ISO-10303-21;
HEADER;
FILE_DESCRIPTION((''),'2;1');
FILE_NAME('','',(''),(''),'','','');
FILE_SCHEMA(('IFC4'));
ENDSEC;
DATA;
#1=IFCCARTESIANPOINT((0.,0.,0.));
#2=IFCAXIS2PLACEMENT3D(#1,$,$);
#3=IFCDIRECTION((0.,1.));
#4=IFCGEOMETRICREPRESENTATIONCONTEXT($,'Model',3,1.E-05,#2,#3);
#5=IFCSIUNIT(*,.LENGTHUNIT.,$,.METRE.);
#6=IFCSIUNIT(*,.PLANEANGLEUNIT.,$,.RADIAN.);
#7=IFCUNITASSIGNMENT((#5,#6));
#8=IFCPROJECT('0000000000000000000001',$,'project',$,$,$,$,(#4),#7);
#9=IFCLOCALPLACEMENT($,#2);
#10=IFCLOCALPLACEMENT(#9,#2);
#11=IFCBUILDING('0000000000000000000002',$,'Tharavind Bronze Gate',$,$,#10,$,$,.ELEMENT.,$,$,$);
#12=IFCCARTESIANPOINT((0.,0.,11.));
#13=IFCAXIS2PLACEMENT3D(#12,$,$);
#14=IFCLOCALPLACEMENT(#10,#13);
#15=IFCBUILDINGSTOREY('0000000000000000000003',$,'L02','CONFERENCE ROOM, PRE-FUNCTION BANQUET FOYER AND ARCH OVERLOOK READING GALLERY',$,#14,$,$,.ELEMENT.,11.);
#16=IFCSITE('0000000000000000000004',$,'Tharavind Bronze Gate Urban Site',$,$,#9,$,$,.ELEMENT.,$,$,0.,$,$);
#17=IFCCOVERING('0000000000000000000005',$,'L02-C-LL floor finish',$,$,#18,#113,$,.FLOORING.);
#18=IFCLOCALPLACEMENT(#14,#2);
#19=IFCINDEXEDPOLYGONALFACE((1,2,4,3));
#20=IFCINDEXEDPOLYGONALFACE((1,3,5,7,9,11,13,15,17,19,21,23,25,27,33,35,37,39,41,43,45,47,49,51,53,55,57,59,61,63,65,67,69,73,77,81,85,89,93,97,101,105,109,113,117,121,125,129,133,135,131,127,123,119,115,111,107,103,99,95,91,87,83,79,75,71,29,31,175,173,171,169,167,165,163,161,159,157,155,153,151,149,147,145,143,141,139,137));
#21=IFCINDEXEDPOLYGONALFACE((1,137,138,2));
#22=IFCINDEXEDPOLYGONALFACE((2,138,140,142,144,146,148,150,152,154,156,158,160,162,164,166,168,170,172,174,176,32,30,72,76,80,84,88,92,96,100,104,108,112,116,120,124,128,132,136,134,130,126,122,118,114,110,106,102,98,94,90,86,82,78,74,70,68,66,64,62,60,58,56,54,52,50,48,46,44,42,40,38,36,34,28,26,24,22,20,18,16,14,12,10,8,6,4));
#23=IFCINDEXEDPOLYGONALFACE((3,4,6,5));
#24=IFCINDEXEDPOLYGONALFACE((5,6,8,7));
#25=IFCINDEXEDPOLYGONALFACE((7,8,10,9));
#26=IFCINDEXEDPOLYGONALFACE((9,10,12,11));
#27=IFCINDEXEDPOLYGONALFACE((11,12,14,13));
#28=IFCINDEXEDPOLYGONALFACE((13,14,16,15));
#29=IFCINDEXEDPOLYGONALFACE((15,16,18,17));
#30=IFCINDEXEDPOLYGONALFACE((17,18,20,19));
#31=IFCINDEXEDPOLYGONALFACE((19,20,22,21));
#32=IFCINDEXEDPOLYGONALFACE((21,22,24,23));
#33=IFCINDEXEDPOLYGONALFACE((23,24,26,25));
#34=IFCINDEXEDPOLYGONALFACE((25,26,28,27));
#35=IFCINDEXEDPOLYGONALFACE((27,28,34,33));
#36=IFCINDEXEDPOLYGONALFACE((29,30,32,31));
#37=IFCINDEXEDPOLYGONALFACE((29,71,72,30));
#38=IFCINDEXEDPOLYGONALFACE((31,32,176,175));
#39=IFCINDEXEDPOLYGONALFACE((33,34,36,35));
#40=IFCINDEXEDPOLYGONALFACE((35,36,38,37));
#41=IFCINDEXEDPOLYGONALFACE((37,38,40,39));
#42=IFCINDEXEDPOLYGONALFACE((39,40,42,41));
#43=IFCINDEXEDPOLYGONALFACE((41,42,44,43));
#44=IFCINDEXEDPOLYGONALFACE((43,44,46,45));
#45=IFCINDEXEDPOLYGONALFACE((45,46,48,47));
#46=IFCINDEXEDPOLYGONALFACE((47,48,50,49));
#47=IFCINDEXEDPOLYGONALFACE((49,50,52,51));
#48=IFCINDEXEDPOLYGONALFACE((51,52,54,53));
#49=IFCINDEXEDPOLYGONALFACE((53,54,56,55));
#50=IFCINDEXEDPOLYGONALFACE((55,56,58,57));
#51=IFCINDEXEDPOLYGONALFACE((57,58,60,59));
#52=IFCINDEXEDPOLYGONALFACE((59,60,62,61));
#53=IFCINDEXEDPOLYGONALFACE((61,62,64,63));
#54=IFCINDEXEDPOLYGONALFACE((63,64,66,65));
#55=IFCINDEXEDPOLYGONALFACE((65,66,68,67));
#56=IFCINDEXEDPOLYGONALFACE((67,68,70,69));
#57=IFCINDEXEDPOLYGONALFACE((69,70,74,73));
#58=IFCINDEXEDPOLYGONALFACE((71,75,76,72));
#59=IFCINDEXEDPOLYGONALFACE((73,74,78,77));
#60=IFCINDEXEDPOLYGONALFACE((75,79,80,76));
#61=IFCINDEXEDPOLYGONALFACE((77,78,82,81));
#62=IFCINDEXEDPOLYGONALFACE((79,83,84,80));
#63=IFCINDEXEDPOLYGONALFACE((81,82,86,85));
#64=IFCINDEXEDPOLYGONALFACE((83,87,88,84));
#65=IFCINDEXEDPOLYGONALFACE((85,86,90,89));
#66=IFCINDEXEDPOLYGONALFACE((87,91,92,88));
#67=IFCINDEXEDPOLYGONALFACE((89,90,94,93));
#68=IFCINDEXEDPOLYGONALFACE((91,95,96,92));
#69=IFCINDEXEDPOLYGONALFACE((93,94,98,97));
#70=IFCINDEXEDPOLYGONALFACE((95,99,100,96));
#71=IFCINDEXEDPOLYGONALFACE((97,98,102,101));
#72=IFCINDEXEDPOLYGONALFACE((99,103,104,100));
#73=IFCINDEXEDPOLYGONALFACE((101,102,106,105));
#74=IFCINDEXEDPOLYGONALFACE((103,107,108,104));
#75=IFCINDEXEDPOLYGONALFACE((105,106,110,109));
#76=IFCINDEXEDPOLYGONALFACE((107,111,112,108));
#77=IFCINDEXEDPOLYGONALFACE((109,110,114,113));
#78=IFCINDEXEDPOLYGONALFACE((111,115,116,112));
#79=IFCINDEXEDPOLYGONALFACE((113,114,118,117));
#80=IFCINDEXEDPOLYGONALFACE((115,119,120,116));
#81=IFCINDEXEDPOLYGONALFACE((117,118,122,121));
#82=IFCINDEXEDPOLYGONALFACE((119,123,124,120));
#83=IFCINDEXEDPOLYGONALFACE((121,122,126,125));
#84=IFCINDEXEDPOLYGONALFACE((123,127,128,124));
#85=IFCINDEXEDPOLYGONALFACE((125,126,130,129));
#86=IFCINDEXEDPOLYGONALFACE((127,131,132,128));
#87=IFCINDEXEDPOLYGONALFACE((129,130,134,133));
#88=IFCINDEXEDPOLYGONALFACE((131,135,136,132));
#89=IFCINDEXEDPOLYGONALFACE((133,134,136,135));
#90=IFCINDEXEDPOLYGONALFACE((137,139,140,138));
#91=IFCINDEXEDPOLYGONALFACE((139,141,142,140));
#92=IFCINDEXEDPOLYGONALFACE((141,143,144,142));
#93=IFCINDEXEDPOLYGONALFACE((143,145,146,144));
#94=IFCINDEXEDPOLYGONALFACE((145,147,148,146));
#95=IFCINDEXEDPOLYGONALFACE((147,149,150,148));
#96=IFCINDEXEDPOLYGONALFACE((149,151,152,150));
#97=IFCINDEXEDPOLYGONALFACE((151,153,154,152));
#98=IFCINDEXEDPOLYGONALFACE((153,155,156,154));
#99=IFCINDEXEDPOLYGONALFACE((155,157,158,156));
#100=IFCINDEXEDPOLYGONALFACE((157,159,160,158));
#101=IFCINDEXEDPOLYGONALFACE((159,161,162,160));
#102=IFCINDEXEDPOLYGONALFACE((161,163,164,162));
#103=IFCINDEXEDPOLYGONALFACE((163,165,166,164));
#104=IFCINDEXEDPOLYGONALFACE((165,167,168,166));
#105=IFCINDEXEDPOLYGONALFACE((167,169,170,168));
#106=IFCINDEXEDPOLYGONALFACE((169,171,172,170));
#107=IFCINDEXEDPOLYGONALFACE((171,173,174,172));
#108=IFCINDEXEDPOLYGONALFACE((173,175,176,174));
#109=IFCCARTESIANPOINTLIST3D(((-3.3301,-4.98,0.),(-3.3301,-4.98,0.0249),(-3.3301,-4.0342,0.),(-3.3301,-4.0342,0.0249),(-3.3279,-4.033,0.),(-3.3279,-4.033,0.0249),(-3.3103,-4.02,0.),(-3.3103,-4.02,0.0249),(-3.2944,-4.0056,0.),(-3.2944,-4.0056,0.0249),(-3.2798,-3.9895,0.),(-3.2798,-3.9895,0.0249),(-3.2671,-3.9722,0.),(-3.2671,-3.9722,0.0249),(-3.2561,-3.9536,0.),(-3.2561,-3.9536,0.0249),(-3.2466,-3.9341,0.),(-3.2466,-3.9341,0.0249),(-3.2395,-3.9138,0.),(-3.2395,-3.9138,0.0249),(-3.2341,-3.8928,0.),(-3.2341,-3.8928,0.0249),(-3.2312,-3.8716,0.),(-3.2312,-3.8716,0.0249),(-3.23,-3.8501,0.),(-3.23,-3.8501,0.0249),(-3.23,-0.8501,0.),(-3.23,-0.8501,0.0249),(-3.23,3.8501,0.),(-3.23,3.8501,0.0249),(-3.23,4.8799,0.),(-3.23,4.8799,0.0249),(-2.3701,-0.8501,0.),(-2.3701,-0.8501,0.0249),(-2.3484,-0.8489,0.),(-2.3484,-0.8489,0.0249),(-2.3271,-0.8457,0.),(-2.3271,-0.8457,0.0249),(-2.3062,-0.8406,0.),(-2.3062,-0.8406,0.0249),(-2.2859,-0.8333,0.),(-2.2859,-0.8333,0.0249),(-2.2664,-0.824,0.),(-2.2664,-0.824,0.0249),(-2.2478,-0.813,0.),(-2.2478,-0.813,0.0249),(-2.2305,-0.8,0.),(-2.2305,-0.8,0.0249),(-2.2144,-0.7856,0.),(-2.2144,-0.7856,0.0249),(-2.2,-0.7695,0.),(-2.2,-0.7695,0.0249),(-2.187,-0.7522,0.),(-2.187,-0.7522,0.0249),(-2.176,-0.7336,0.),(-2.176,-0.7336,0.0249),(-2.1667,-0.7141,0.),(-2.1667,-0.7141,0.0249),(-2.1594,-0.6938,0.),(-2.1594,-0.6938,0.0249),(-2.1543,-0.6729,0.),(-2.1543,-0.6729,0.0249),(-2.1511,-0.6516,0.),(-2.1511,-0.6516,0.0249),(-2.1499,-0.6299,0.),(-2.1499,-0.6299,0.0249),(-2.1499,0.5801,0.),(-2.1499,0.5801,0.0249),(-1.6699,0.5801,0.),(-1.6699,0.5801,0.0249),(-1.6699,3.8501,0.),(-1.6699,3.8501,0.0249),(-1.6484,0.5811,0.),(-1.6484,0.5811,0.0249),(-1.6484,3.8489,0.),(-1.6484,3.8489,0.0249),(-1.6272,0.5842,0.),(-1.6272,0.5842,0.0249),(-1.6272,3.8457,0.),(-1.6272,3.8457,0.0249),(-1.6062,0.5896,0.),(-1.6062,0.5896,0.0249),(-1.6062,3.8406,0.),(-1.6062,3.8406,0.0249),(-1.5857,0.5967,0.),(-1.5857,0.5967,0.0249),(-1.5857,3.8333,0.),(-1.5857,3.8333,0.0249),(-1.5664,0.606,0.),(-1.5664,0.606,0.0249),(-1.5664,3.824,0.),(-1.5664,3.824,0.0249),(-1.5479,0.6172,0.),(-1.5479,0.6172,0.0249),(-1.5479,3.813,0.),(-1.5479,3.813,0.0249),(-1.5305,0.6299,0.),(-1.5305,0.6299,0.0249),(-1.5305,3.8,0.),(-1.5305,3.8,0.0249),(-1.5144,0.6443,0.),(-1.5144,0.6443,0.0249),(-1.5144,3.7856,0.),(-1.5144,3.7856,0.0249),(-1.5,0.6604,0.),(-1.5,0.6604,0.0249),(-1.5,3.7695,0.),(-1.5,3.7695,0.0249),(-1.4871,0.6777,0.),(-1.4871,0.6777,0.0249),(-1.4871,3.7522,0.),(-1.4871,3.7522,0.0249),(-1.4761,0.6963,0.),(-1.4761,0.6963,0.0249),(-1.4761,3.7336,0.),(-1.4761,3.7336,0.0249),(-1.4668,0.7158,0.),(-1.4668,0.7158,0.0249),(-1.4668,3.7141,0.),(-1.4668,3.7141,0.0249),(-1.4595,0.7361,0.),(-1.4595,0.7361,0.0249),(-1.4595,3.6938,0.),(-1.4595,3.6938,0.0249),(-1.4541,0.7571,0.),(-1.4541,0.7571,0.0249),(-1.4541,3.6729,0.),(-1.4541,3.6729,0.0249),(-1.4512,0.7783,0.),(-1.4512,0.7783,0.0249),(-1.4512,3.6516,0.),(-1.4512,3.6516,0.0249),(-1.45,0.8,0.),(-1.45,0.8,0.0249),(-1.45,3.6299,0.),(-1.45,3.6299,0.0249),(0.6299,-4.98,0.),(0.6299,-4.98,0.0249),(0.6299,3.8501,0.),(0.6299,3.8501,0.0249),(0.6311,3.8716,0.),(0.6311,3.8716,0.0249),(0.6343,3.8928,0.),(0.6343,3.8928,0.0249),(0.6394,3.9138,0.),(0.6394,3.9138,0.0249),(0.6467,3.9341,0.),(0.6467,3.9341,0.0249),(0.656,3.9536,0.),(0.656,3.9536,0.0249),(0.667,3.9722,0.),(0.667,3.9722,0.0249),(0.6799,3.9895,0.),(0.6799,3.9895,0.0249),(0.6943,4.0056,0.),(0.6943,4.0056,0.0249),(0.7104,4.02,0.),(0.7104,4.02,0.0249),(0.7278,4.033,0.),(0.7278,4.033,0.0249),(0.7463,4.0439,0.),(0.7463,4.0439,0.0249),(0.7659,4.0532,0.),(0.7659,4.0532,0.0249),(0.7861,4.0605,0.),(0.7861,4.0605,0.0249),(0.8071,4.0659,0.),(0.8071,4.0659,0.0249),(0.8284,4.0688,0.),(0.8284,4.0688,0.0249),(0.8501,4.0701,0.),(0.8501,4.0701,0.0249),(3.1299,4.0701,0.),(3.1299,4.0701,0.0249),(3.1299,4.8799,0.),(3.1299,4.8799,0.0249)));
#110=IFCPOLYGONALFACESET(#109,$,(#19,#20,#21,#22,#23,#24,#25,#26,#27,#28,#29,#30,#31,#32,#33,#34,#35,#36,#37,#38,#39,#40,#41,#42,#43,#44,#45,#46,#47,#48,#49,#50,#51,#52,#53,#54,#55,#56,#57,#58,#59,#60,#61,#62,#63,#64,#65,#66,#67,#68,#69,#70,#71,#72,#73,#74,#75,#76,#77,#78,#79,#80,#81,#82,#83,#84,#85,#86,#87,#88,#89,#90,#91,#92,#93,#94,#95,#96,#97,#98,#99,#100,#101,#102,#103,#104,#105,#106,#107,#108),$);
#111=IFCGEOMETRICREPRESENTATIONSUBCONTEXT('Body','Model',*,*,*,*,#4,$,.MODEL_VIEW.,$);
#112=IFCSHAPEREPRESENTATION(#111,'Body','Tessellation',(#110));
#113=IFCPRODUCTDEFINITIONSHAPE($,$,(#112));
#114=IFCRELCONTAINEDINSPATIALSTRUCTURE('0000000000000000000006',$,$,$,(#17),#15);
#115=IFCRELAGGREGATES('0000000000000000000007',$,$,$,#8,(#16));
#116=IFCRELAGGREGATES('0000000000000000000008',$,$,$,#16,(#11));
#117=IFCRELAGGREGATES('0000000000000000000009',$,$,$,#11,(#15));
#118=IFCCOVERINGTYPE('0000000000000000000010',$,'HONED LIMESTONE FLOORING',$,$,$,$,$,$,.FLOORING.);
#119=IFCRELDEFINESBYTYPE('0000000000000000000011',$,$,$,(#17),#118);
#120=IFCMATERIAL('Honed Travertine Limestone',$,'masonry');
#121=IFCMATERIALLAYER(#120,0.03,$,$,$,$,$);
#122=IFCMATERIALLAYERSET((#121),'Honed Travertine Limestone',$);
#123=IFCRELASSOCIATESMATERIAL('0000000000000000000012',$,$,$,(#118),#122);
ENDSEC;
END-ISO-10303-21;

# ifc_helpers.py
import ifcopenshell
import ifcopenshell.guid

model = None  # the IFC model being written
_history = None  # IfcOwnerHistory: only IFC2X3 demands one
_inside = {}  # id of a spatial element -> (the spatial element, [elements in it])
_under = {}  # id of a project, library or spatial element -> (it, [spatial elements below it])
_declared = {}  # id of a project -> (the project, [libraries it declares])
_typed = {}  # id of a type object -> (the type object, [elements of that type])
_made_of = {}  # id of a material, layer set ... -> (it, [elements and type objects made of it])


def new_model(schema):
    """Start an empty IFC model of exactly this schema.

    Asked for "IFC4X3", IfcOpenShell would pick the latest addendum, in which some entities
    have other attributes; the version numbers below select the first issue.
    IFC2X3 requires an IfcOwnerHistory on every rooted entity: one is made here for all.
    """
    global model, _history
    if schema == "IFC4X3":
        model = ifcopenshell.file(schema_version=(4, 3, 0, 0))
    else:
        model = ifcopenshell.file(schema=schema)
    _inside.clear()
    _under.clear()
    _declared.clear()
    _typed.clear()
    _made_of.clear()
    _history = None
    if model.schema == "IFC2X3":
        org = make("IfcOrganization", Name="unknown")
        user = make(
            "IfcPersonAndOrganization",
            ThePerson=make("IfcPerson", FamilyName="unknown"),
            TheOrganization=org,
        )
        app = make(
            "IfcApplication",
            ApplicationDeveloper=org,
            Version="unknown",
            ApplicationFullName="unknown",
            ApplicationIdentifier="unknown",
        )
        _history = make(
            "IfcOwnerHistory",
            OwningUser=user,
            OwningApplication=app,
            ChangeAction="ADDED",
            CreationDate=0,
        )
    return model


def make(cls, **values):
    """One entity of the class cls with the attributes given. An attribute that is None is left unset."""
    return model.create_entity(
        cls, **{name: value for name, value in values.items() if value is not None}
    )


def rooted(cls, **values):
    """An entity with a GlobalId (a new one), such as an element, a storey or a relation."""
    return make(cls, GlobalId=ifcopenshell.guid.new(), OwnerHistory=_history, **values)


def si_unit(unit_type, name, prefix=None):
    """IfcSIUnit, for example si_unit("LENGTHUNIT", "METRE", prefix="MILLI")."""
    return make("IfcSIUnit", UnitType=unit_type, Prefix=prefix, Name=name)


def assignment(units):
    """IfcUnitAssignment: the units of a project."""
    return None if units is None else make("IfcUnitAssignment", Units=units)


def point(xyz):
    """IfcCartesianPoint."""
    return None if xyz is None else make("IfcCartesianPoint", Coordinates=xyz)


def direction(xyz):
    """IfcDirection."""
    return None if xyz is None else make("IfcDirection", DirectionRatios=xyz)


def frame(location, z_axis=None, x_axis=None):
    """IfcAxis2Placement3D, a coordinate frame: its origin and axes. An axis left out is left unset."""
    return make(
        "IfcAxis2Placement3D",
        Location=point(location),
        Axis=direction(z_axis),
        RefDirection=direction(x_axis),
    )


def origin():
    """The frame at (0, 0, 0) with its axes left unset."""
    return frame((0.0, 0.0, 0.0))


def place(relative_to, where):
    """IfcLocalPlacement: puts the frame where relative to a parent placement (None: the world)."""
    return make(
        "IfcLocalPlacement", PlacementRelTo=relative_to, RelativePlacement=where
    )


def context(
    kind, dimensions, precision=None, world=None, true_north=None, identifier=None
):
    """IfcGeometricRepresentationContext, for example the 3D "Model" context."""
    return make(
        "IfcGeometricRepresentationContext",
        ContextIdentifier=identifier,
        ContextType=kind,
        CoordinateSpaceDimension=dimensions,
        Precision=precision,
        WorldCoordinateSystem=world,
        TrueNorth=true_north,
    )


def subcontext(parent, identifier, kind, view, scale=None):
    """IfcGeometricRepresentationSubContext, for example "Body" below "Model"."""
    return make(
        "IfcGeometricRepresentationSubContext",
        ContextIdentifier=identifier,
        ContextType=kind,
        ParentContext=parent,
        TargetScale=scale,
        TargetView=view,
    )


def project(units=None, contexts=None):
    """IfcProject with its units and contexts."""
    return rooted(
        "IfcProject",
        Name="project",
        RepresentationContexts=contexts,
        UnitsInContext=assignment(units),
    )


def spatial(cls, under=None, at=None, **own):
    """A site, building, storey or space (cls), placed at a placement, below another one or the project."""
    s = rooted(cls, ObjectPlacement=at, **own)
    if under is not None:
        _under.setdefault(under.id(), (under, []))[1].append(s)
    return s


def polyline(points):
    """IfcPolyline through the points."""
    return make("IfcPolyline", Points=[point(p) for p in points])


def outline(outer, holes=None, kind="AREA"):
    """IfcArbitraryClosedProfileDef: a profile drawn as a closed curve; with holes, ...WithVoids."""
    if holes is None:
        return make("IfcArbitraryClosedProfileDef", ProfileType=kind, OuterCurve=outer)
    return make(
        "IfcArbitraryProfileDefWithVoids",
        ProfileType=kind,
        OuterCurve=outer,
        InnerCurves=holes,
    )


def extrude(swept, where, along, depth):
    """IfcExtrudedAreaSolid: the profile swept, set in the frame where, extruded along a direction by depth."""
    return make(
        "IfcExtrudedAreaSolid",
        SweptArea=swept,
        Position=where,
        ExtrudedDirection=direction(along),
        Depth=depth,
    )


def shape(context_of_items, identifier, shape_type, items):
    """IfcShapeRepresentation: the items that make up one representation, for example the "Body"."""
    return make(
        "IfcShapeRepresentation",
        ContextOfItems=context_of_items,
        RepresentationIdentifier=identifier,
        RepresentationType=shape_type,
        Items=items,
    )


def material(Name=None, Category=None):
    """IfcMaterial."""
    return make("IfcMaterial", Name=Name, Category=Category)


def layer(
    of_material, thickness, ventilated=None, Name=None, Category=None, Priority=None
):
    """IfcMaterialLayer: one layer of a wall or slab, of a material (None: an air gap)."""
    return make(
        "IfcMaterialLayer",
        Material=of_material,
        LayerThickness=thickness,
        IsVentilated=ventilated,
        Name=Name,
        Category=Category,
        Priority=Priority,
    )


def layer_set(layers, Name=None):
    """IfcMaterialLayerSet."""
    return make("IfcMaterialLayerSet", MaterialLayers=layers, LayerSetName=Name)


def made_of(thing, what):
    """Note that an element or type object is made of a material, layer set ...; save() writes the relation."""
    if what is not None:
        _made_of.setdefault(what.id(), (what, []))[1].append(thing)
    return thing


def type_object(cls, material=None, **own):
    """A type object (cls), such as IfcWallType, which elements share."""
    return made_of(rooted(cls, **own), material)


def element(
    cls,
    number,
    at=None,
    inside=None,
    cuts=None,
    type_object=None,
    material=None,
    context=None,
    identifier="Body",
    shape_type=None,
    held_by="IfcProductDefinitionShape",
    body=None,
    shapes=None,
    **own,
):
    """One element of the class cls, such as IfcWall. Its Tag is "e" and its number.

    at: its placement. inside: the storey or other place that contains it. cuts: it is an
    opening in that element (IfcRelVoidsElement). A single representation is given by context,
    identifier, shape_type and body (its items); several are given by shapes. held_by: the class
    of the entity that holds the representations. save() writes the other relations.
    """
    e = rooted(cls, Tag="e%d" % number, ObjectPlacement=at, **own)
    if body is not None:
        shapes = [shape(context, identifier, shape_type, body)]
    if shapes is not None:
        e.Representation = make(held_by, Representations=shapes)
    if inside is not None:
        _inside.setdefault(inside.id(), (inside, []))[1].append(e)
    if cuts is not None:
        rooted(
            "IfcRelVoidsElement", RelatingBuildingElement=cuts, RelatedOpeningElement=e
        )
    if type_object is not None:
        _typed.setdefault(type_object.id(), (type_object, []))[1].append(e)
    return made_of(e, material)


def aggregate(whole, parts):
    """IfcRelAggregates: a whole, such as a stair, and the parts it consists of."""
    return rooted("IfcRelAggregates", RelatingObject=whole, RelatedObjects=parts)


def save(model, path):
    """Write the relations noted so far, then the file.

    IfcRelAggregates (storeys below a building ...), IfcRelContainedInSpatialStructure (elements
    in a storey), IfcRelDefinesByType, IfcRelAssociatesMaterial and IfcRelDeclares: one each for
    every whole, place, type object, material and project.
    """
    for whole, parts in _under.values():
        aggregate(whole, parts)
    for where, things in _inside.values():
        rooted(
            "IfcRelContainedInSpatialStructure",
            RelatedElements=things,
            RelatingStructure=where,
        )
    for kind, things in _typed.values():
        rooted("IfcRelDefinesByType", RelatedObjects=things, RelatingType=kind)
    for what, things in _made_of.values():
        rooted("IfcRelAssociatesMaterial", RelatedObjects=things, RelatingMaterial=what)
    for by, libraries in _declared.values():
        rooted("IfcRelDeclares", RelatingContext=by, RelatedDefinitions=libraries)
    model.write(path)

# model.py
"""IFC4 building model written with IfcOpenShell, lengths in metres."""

from ifc_helpers import new_model, si_unit, direction, frame, origin, place, context, subcontext, project, spatial, polyline, outline, extrude, material, layer, layer_set, type_object, element, save


model = new_model("IFC4")

# Units and contexts
model_context = context("Model", 3, precision=1e-05, world=origin(), true_north=direction((0.0, 1.0)))
body_context = subcontext(model_context, "Body", "Model", "MODEL_VIEW")
ifc_project = project(units=[si_unit("LENGTHUNIT", "METRE"), si_unit("PLANEANGLEUNIT", "RADIAN")], contexts=[model_context])

# Site, building, storey
site_placement = place(None, origin())
site = spatial("IfcSite", under=ifc_project, at=site_placement, Name="Tharavind Bronze Gate Urban Site", CompositionType="ELEMENT", RefElevation=0.0)
building_placement = place(site_placement, origin())
building = spatial("IfcBuilding", under=site, at=building_placement, Name="Tharavind Bronze Gate", CompositionType="ELEMENT")
storey_placement = place(building_placement, frame((0.0, 0.0, 11.0)))
storey = spatial("IfcBuildingStorey", under=building, at=storey_placement, Name="L02", Description="CONFERENCE ROOM, PRE-FUNCTION BANQUET FOYER AND ARCH OVERLOOK READING GALLERY", CompositionType="ELEMENT", Elevation=11.0)

# Covering
ifc_material_1 = material(Name="Honed Travertine Limestone", Category="masonry")
ifc_layer_1 = layer(ifc_material_1, 0.03)
ifc_layer_set_1 = layer_set([ifc_layer_1], Name="Honed Travertine Limestone")
covering_type_1 = type_object("IfcCoveringType", Name="HONED LIMESTONE FLOORING", PredefinedType="FLOORING", material=ifc_layer_set_1)
covering_1_placement = place(storey_placement, origin())
element("IfcCovering", 1, at=covering_1_placement, inside=storey, type_object=covering_type_1, Name="L02-C-LL floor finish", PredefinedType="FLOORING", context=body_context, shape_type="SweptSolid", body=[
    extrude(outline(polyline([(-3.3301, -4.98), (0.6299, -4.98), (0.6299, 3.8501), (0.6311, 3.8716), (0.6343, 3.8928), (0.6394, 3.9138), (0.6467, 3.9341), (0.656, 3.9536), (0.667, 3.9722), (0.6799, 3.9895), (0.6943, 4.0056), (0.7104, 4.02), (0.7278, 4.033), (0.7463, 4.0439), (0.7659, 4.0532), (0.7861, 4.0605), (0.8071, 4.0659), (0.8284, 4.0688), (0.8501, 4.0701), (3.1299, 4.0701), (3.1299, 4.8799), (-3.23, 4.8799), (-3.23, 3.8501), (-1.6699, 3.8501), (-1.6484, 3.8489), (-1.6272, 3.8457), (-1.6062, 3.8406), (-1.5857, 3.8333), (-1.5664, 3.824), (-1.5479, 3.813), (-1.5305, 3.8), (-1.5144, 3.7856), (-1.5, 3.7695), (-1.4871, 3.7522), (-1.4761, 3.7336), (-1.4668, 3.7141), (-1.4595, 3.6938), (-1.4541, 3.6729), (-1.4512, 3.6516), (-1.45, 3.6299), (-1.45, 0.8), (-1.4512, 0.7783), (-1.4541, 0.7571), (-1.4595, 0.7361), (-1.4668, 0.7158), (-1.4761, 0.6963), (-1.4871, 0.6777), (-1.5, 0.6604), (-1.5144, 0.6443), (-1.5305, 0.6299), (-1.5479, 0.6172), (-1.5664, 0.606), (-1.5857, 0.5967), (-1.6062, 0.5896), (-1.6272, 0.5842), (-1.6484, 0.5811), (-1.6699, 0.5801), (-2.1499, 0.5801), (-2.1499, -0.6299), (-2.1511, -0.6516), (-2.1543, -0.6729), (-2.1594, -0.6938), (-2.1667, -0.7141), (-2.176, -0.7336), (-2.187, -0.7522), (-2.2, -0.7695), (-2.2144, -0.7856), (-2.2305, -0.8), (-2.2478, -0.813), (-2.2664, -0.824), (-2.2859, -0.8333), (-2.3062, -0.8406), (-2.3271, -0.8457), (-2.3484, -0.8489), (-2.3701, -0.8501), (-3.23, -0.8501), (-3.23, -3.8501), (-3.2312, -3.8716), (-3.2341, -3.8928), (-3.2395, -3.9138), (-3.2466, -3.9341), (-3.2561, -3.9536), (-3.2671, -3.9722), (-3.2798, -3.9895), (-3.2944, -4.0056), (-3.3103, -4.02), (-3.3279, -4.033), (-3.3301, -4.0342), (-3.3301, -4.98)])), origin(), (0.0, 0.0, 1.0), 0.0249),
])

save(model, "model.ifc")
